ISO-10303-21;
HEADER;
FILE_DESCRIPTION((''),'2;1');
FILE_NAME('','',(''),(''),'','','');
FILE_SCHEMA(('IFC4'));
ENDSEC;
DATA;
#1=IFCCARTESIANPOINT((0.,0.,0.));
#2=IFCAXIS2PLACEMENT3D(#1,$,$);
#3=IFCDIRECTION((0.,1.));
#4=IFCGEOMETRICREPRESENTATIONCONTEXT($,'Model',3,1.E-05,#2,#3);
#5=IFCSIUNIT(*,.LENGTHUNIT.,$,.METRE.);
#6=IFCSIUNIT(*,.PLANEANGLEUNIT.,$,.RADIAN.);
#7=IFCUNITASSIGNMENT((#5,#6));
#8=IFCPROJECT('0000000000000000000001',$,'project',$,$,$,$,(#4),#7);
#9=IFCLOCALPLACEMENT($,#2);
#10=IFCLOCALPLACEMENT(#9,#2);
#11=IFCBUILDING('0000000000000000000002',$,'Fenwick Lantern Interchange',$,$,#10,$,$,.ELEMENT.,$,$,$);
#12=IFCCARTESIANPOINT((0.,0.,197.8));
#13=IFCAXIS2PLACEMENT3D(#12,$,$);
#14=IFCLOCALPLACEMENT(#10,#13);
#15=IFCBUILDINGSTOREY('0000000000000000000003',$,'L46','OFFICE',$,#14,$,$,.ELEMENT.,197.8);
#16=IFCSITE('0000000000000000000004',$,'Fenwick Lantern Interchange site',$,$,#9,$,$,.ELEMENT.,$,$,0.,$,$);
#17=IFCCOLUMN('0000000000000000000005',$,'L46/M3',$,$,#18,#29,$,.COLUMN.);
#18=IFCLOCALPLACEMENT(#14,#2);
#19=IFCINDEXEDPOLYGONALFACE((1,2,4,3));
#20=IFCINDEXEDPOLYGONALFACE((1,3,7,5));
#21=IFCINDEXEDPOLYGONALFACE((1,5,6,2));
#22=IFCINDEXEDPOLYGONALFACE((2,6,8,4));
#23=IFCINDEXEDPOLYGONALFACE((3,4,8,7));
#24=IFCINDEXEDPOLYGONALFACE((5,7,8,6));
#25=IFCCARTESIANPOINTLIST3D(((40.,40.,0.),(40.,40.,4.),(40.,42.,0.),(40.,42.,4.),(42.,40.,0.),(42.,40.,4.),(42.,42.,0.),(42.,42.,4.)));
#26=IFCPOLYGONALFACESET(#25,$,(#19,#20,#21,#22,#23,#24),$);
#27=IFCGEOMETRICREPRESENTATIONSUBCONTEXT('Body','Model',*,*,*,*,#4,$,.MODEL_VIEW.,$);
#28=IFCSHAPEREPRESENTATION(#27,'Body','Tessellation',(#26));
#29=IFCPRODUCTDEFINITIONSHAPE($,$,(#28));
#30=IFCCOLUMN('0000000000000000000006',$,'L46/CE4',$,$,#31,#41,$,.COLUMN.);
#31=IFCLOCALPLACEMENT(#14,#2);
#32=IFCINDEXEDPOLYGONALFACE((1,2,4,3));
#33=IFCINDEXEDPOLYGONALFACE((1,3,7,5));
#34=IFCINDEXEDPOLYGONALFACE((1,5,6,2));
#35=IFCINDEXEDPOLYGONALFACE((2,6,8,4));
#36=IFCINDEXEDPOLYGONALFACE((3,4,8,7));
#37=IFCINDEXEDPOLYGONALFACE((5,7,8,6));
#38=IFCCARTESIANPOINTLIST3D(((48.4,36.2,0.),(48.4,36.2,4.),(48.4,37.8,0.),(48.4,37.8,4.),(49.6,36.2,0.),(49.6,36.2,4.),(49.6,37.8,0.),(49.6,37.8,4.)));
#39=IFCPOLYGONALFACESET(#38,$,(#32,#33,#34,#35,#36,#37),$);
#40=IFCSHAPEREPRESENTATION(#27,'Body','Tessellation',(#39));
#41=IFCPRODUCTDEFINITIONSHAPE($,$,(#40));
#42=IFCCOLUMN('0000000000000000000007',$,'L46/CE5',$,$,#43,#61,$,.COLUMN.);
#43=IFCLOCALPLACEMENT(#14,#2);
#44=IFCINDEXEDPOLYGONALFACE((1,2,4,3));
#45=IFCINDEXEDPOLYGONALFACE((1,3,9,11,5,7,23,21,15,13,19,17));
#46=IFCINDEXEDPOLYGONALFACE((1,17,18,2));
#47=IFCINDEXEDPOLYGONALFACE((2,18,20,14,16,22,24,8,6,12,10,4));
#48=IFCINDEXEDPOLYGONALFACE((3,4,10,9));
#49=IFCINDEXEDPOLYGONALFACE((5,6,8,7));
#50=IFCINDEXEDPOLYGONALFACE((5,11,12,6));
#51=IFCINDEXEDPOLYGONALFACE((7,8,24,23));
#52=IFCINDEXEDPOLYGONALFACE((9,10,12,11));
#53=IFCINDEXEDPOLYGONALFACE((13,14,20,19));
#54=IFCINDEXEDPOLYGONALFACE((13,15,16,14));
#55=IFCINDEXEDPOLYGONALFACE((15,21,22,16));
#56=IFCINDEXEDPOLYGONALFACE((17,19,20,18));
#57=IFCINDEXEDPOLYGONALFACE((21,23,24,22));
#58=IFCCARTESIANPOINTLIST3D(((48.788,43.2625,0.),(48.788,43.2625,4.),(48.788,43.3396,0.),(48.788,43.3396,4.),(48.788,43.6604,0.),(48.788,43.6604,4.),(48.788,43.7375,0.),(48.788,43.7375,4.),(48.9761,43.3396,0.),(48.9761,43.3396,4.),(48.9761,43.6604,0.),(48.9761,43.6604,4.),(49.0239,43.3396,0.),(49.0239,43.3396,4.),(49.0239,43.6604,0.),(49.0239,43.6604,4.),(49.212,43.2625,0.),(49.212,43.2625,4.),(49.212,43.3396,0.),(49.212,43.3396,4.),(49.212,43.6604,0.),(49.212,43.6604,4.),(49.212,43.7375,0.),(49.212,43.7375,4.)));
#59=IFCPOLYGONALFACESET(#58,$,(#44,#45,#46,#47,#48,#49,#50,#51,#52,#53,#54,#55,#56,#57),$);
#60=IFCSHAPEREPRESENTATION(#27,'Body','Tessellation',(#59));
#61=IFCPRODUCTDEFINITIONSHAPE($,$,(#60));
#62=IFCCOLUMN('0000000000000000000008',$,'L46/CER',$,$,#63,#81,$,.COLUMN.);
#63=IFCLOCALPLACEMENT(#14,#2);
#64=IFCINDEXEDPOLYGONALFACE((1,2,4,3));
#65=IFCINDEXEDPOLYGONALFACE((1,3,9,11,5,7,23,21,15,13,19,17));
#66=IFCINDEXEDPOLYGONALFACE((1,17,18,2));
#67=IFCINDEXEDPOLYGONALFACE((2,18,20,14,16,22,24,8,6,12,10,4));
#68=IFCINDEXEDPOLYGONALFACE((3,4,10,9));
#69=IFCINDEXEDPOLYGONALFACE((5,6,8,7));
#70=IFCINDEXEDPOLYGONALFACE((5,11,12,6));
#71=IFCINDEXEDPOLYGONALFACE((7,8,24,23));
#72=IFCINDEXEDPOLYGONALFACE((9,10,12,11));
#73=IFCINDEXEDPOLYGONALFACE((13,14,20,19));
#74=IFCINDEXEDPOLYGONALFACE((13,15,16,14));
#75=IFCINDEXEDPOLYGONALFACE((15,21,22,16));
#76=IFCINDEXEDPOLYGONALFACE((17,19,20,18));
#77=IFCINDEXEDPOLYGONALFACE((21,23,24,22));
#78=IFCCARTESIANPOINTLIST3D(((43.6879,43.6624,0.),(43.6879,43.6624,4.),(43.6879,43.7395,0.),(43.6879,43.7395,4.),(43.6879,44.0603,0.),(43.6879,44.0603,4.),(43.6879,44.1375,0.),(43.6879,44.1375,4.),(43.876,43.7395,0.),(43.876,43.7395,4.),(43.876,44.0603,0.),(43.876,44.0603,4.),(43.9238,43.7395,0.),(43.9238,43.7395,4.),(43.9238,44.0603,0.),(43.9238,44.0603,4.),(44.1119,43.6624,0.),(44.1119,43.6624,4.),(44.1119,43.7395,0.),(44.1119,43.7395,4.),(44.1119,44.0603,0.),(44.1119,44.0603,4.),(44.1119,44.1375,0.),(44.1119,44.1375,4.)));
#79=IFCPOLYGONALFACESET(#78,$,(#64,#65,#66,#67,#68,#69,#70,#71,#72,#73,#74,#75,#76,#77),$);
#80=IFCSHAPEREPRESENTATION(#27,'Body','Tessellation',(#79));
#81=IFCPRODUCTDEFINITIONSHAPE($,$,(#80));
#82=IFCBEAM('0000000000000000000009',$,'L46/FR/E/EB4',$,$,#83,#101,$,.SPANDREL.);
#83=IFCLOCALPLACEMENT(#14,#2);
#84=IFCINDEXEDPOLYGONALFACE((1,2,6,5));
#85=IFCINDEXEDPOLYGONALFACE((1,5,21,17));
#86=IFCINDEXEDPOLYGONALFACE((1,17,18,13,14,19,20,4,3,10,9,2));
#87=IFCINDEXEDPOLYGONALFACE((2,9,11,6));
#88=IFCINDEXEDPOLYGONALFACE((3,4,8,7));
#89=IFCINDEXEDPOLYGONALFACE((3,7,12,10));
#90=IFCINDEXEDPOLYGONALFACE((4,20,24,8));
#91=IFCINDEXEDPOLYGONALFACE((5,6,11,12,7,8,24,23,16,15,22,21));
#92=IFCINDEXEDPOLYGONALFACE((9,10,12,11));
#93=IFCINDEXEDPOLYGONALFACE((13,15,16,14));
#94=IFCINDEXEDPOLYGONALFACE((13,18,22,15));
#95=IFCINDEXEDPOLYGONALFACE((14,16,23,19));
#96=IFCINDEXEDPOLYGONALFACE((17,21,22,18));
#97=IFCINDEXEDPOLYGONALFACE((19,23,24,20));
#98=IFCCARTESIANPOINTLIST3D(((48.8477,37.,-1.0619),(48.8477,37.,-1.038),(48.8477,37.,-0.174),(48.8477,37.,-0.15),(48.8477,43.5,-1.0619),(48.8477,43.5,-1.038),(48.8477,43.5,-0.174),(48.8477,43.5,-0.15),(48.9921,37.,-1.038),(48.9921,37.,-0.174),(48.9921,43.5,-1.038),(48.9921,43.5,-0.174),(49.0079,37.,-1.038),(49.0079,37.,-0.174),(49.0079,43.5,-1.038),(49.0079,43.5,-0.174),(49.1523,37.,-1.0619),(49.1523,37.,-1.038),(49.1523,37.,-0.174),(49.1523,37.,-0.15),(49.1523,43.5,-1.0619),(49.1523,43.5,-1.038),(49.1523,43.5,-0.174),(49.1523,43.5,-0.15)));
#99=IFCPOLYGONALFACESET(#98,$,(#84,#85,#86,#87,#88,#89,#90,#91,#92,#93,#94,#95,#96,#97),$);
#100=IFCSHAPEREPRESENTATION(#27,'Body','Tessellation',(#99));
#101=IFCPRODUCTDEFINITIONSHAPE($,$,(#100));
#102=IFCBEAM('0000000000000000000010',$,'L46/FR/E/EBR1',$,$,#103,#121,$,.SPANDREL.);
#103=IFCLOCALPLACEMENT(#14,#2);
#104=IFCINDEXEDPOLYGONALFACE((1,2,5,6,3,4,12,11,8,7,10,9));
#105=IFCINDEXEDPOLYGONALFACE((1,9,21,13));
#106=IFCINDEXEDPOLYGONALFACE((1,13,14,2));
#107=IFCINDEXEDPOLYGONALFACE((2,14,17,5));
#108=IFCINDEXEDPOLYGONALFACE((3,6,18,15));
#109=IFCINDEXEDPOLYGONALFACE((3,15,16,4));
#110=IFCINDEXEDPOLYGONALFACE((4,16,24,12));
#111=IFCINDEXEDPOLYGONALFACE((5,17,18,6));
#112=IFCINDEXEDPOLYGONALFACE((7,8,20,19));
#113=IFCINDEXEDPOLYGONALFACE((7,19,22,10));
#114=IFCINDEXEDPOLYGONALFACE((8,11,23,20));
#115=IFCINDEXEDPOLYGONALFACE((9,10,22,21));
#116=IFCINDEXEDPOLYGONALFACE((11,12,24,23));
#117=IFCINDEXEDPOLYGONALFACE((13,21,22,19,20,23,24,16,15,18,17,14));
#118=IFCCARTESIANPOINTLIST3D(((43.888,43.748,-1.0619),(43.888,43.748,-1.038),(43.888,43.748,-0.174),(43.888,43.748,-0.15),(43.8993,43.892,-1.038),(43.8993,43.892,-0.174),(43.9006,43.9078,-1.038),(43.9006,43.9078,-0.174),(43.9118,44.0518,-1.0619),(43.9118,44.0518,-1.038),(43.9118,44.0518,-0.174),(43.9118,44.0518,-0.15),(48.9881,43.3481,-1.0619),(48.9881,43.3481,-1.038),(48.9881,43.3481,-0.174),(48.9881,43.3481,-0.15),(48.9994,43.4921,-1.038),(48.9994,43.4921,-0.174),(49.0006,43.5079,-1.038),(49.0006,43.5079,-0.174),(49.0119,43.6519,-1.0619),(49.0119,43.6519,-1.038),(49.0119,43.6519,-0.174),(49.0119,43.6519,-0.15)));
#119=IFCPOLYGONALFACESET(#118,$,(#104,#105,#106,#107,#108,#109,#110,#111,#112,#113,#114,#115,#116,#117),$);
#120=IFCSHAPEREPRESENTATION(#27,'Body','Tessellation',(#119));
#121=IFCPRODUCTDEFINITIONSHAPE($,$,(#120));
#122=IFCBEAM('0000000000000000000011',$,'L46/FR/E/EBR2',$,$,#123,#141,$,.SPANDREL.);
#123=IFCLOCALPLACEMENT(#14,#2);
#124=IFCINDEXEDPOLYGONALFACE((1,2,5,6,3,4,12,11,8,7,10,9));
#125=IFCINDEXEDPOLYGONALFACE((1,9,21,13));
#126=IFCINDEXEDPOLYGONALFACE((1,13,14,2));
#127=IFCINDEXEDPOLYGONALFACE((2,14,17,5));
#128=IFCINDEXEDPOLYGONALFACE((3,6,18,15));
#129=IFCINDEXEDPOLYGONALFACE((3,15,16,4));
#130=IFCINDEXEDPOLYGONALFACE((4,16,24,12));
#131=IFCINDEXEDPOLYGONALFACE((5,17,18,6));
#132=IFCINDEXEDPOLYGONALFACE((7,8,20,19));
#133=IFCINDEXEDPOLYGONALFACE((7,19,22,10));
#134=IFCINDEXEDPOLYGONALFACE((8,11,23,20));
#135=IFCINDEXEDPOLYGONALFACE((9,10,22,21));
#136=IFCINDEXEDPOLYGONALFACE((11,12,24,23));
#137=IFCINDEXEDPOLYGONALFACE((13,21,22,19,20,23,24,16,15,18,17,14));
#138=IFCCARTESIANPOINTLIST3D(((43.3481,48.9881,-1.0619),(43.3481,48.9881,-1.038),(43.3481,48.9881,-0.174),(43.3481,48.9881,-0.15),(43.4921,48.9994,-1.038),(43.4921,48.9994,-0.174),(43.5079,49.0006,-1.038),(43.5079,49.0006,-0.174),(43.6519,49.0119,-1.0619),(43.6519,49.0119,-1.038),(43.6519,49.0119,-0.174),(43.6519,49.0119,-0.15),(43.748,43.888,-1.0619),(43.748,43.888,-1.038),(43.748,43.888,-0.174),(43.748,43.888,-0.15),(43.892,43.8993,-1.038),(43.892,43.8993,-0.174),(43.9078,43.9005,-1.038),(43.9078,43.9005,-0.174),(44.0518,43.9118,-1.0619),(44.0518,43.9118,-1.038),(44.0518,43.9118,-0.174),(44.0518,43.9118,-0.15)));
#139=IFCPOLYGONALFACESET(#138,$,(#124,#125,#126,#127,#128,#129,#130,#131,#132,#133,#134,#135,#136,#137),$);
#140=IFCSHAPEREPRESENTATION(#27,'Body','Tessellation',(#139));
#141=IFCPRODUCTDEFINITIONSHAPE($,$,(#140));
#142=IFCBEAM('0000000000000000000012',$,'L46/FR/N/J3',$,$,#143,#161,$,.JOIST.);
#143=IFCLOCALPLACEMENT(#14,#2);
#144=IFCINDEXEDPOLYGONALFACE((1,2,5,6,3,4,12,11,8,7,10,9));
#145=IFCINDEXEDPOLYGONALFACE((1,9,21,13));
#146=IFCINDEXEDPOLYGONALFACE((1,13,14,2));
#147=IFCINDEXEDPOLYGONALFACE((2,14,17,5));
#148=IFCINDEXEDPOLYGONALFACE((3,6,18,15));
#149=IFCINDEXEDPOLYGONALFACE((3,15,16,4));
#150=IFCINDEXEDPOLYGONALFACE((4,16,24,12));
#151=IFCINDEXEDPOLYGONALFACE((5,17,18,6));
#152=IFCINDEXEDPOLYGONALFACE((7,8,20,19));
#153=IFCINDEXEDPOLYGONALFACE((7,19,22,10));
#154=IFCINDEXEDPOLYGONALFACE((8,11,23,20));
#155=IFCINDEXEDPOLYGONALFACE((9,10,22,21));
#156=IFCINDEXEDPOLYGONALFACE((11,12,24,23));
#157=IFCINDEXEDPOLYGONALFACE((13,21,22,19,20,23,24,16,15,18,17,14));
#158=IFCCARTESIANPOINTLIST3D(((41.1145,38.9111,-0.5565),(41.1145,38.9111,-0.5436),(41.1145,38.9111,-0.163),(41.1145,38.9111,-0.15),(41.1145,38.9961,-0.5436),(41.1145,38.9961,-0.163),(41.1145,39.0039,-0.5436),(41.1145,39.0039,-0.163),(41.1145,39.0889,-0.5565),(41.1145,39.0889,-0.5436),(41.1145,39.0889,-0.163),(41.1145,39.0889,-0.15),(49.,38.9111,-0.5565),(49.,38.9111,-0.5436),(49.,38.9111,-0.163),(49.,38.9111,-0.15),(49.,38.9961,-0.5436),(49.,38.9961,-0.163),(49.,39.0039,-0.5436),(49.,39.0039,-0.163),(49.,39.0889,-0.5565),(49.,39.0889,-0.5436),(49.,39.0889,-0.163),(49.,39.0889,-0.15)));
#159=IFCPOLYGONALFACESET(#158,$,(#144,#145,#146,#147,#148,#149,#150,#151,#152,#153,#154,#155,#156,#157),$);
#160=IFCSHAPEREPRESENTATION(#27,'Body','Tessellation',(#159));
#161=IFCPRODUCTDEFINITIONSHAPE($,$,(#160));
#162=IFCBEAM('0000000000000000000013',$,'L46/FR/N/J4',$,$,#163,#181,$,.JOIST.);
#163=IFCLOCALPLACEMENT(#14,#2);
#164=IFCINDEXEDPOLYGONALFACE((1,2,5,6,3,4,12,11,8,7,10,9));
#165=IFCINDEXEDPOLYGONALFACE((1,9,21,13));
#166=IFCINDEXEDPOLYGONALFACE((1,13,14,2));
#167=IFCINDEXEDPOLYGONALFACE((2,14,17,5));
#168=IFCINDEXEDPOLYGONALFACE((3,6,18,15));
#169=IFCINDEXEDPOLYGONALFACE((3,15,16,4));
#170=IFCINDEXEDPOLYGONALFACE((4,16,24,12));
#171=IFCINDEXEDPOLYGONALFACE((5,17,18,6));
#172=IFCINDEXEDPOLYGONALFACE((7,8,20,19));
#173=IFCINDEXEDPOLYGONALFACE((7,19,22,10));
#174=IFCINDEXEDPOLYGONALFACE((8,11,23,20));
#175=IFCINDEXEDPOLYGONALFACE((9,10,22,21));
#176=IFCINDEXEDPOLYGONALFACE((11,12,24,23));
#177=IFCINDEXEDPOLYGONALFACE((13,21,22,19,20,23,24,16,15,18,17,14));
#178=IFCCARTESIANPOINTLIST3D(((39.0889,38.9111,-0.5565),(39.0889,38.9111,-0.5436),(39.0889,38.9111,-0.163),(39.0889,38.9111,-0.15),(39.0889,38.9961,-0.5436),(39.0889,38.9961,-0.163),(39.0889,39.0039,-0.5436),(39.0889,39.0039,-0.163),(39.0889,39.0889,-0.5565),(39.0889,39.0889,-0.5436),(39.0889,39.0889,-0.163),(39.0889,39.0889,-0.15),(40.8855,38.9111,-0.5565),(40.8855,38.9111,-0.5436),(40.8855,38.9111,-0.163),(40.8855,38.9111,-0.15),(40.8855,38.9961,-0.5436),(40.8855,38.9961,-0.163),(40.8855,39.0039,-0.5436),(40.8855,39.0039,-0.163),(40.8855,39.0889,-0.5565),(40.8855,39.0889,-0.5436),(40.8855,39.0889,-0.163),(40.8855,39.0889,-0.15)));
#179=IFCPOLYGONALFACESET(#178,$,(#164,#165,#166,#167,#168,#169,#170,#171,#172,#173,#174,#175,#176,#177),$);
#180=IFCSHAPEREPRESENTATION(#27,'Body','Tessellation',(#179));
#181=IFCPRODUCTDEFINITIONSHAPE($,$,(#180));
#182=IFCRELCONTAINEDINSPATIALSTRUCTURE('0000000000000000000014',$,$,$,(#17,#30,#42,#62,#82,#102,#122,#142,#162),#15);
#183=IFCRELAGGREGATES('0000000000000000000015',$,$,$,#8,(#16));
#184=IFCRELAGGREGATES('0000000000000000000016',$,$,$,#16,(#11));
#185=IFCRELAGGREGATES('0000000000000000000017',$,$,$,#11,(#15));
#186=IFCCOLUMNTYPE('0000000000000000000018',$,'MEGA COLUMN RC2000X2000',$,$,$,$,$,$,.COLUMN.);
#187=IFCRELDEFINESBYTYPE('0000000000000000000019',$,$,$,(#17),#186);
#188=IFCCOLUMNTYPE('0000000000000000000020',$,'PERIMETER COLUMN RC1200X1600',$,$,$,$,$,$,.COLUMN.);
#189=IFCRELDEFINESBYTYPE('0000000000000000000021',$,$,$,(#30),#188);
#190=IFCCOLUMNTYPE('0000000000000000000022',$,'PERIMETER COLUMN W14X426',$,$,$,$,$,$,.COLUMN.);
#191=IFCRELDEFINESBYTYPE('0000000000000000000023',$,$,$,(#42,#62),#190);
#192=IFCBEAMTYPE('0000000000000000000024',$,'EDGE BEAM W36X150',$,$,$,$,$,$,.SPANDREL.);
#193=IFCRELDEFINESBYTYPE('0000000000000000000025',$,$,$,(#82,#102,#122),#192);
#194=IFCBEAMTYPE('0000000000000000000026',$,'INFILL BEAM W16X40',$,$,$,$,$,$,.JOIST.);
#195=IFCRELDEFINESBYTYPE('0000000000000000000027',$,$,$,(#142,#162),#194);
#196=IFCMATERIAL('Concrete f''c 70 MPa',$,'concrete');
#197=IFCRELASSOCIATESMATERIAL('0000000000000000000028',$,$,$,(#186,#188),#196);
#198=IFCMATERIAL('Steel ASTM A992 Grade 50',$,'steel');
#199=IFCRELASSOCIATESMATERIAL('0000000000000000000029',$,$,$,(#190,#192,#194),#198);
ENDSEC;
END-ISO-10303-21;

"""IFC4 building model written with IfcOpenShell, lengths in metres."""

from ifc_helpers import new_model, si_unit, direction, frame, origin, origin_2d, place, context, subcontext, project, spatial, rectangle, i_section, extrude, material, material_profile, profile_set, type_object, element, save


model = new_model("IFC4")

# Units and contexts
model_context = context("Model", 3, precision=1e-05, world=origin(), true_north=direction((0.0, 1.0)))
body_context = subcontext(model_context, "Body", "Model", "MODEL_VIEW")
ifc_project = project(units=[si_unit("LENGTHUNIT", "METRE"), si_unit("PLANEANGLEUNIT", "RADIAN")], contexts=[model_context])

# Site, building, storey
site_placement = place(None, origin())
site = spatial("IfcSite", under=ifc_project, at=site_placement, Name="Fenwick Lantern Interchange site", CompositionType="ELEMENT", RefElevation=0.0)
building_placement = place(site_placement, origin())
building = spatial("IfcBuilding", under=site, at=building_placement, Name="Fenwick Lantern Interchange", CompositionType="ELEMENT")
storey_placement = place(building_placement, frame((0.0, 0.0, 197.8)))
storey = spatial("IfcBuildingStorey", under=building, at=storey_placement, Name="L46", Description="OFFICE", CompositionType="ELEMENT", Elevation=197.8)

# Columns
ifc_material_1 = material(Name="Concrete f'c 70 MPa", Category="concrete")
ifc_material_profile_1 = material_profile(ifc_material_1, rectangle(XDim=2.0, YDim=2.0, at=origin_2d()), Name="RC2000X2000")
ifc_profile_set_1 = profile_set([ifc_material_profile_1], Name="Concrete f'c 70 MPa")
column_type_1 = type_object("IfcColumnType", Name="MEGA COLUMN RC2000X2000", PredefinedType="COLUMN", material=ifc_profile_set_1)
column_1_placement = place(storey_placement, frame((41.0, 41.0, 0.0), z_axis=(0.0, 0.0, 1.0), x_axis=(1.0, 0.0, 0.0)))
element("IfcColumn", 1, at=column_1_placement, inside=storey, type_object=column_type_1, Name="L46/M3", PredefinedType="COLUMN", context=body_context, shape_type="SweptSolid", body=[
    extrude(rectangle(XDim=2.0, YDim=2.0, at=origin_2d()), origin(), (0.0, 0.0, 1.0), 4.0),
])
ifc_material_profile_2 = material_profile(ifc_material_1, rectangle(XDim=1.2, YDim=1.6001, at=origin_2d()), Name="RC1200X1600")
ifc_profile_set_2 = profile_set([ifc_material_profile_2], Name="Concrete f'c 70 MPa")
column_type_2 = type_object("IfcColumnType", Name="PERIMETER COLUMN RC1200X1600", PredefinedType="COLUMN", material=ifc_profile_set_2)
column_2_placement = place(storey_placement, frame((49.0, 37.0, 0.0), z_axis=(0.0, 0.0, 1.0), x_axis=(1.0, 0.0, 0.0)))
element("IfcColumn", 2, at=column_2_placement, inside=storey, type_object=column_type_2, Name="L46/CE4", PredefinedType="COLUMN", context=body_context, shape_type="SweptSolid", body=[
    extrude(rectangle(XDim=1.2, YDim=1.6001, at=origin_2d()), origin(), (0.0, 0.0, 1.0), 4.0),
])
ifc_material_2 = material(Name="Steel ASTM A992 Grade 50", Category="steel")
ifc_material_profile_3 = material_profile(ifc_material_2, i_section(OverallWidth=0.4241, OverallDepth=0.4751, WebThickness=0.0479, FlangeThickness=0.0771, at=origin_2d()), Name="W14X426")
ifc_profile_set_3 = profile_set([ifc_material_profile_3], Name="Steel ASTM A992 Grade 50")
column_type_3 = type_object("IfcColumnType", Name="PERIMETER COLUMN W14X426", PredefinedType="COLUMN", material=ifc_profile_set_3)
for number, where, z_axis, x_axis, name in (
    (3, (49.0, 43.5, 0.0), (0.0, 0.0, 1.0), (1.0, 0.0, 0.0), "L46/CE5"),
    (4, (43.8999, 43.8999, 0.0), (0.0, 0.0, 1.0), (1.0, 0.0, 0.0), "L46/CER"),
):
    element("IfcColumn", number, at=place(storey_placement, frame(where, z_axis=z_axis, x_axis=x_axis)), inside=storey, type_object=column_type_3, Name=name, PredefinedType="COLUMN", context=body_context, shape_type="SweptSolid", body=[
        extrude(i_section(OverallWidth=0.4241, OverallDepth=0.4751, WebThickness=0.0479, FlangeThickness=0.0771, at=origin_2d()), origin(), (0.0, 0.0, 1.0), 4.0),
    ])

# Beams
ifc_material_profile_4 = material_profile(ifc_material_2, i_section(OverallWidth=0.3047, OverallDepth=0.9119, WebThickness=0.0159, FlangeThickness=0.0239, at=origin_2d()), Name="W36X150")
ifc_profile_set_4 = profile_set([ifc_material_profile_4], Name="Steel ASTM A992 Grade 50")
beam_type_1 = type_object("IfcBeamType", Name="EDGE BEAM W36X150", PredefinedType="SPANDREL", material=ifc_profile_set_4)
beam_1_placement = place(storey_placement, frame((49.0, 37.0, -0.606), z_axis=(0.0, 1.0, 0.0), x_axis=(-1.0, 0.0, 0.0)))
element("IfcBeam", 5, at=beam_1_placement, inside=storey, type_object=beam_type_1, Name="L46/FR/E/EB4", PredefinedType="SPANDREL", context=body_context, shape_type="SweptSolid", body=[
    extrude(i_section(OverallWidth=0.3047, OverallDepth=0.9119, WebThickness=0.0159, FlangeThickness=0.0239, at=origin_2d()), origin(), (0.0, 0.0, 1.0), 6.5),
])
for number, where, z_axis, x_axis, name in (
    (6, (49.0, 43.5, -0.606), (-0.99694, 0.078171, 0.0), (-0.078171, -0.99694, 0.0), "L46/FR/E/EBR1"),
    (7, (43.8999, 43.8999, -0.606), (-0.078171, 0.99694, 0.0), (-0.99694, -0.078171, 0.0), "L46/FR/E/EBR2"),
):
    element("IfcBeam", number, at=place(storey_placement, frame(where, z_axis=z_axis, x_axis=x_axis)), inside=storey, type_object=beam_type_1, Name=name, PredefinedType="SPANDREL", context=body_context, shape_type="SweptSolid", body=[
        extrude(i_section(OverallWidth=0.3047, OverallDepth=0.9119, WebThickness=0.0159, FlangeThickness=0.0239, at=origin_2d()), origin(), (0.0, 0.0, 1.0), 5.1157),
    ])
ifc_material_profile_5 = material_profile(ifc_material_2, i_section(OverallWidth=0.1777, OverallDepth=0.4065, WebThickness=0.0078, FlangeThickness=0.0129, at=origin_2d()), Name="W16X40")
ifc_profile_set_5 = profile_set([ifc_material_profile_5], Name="Steel ASTM A992 Grade 50")
beam_type_2 = type_object("IfcBeamType", Name="INFILL BEAM W16X40", PredefinedType="JOIST", material=ifc_profile_set_5)
beam_2_placement = place(storey_placement, frame((49.0, 39.0, -0.3533), z_axis=(-1.0, 0.0, 0.0), x_axis=(0.0, -1.0, 0.0)))
element("IfcBeam", 8, at=beam_2_placement, inside=storey, type_object=beam_type_2, Name="L46/FR/N/J3", PredefinedType="JOIST", context=body_context, shape_type="SweptSolid", body=[
    extrude(i_section(OverallWidth=0.1777, OverallDepth=0.4065, WebThickness=0.0078, FlangeThickness=0.0129, at=origin_2d()), origin(), (0.0, 0.0, 1.0), 7.8855),
])
beam_3_placement = place(storey_placement, frame((40.8855, 39.0, -0.3533), z_axis=(-1.0, 0.0, 0.0), x_axis=(0.0, -1.0, 0.0)))
element("IfcBeam", 9, at=beam_3_placement, inside=storey, type_object=beam_type_2, Name="L46/FR/N/J4", PredefinedType="JOIST", context=body_context, shape_type="SweptSolid", body=[
    extrude(i_section(OverallWidth=0.1777, OverallDepth=0.4065, WebThickness=0.0078, FlangeThickness=0.0129, at=origin_2d()), origin(), (0.0, 0.0, 1.0), 1.7966),
])

save(model, "model.ifc")
